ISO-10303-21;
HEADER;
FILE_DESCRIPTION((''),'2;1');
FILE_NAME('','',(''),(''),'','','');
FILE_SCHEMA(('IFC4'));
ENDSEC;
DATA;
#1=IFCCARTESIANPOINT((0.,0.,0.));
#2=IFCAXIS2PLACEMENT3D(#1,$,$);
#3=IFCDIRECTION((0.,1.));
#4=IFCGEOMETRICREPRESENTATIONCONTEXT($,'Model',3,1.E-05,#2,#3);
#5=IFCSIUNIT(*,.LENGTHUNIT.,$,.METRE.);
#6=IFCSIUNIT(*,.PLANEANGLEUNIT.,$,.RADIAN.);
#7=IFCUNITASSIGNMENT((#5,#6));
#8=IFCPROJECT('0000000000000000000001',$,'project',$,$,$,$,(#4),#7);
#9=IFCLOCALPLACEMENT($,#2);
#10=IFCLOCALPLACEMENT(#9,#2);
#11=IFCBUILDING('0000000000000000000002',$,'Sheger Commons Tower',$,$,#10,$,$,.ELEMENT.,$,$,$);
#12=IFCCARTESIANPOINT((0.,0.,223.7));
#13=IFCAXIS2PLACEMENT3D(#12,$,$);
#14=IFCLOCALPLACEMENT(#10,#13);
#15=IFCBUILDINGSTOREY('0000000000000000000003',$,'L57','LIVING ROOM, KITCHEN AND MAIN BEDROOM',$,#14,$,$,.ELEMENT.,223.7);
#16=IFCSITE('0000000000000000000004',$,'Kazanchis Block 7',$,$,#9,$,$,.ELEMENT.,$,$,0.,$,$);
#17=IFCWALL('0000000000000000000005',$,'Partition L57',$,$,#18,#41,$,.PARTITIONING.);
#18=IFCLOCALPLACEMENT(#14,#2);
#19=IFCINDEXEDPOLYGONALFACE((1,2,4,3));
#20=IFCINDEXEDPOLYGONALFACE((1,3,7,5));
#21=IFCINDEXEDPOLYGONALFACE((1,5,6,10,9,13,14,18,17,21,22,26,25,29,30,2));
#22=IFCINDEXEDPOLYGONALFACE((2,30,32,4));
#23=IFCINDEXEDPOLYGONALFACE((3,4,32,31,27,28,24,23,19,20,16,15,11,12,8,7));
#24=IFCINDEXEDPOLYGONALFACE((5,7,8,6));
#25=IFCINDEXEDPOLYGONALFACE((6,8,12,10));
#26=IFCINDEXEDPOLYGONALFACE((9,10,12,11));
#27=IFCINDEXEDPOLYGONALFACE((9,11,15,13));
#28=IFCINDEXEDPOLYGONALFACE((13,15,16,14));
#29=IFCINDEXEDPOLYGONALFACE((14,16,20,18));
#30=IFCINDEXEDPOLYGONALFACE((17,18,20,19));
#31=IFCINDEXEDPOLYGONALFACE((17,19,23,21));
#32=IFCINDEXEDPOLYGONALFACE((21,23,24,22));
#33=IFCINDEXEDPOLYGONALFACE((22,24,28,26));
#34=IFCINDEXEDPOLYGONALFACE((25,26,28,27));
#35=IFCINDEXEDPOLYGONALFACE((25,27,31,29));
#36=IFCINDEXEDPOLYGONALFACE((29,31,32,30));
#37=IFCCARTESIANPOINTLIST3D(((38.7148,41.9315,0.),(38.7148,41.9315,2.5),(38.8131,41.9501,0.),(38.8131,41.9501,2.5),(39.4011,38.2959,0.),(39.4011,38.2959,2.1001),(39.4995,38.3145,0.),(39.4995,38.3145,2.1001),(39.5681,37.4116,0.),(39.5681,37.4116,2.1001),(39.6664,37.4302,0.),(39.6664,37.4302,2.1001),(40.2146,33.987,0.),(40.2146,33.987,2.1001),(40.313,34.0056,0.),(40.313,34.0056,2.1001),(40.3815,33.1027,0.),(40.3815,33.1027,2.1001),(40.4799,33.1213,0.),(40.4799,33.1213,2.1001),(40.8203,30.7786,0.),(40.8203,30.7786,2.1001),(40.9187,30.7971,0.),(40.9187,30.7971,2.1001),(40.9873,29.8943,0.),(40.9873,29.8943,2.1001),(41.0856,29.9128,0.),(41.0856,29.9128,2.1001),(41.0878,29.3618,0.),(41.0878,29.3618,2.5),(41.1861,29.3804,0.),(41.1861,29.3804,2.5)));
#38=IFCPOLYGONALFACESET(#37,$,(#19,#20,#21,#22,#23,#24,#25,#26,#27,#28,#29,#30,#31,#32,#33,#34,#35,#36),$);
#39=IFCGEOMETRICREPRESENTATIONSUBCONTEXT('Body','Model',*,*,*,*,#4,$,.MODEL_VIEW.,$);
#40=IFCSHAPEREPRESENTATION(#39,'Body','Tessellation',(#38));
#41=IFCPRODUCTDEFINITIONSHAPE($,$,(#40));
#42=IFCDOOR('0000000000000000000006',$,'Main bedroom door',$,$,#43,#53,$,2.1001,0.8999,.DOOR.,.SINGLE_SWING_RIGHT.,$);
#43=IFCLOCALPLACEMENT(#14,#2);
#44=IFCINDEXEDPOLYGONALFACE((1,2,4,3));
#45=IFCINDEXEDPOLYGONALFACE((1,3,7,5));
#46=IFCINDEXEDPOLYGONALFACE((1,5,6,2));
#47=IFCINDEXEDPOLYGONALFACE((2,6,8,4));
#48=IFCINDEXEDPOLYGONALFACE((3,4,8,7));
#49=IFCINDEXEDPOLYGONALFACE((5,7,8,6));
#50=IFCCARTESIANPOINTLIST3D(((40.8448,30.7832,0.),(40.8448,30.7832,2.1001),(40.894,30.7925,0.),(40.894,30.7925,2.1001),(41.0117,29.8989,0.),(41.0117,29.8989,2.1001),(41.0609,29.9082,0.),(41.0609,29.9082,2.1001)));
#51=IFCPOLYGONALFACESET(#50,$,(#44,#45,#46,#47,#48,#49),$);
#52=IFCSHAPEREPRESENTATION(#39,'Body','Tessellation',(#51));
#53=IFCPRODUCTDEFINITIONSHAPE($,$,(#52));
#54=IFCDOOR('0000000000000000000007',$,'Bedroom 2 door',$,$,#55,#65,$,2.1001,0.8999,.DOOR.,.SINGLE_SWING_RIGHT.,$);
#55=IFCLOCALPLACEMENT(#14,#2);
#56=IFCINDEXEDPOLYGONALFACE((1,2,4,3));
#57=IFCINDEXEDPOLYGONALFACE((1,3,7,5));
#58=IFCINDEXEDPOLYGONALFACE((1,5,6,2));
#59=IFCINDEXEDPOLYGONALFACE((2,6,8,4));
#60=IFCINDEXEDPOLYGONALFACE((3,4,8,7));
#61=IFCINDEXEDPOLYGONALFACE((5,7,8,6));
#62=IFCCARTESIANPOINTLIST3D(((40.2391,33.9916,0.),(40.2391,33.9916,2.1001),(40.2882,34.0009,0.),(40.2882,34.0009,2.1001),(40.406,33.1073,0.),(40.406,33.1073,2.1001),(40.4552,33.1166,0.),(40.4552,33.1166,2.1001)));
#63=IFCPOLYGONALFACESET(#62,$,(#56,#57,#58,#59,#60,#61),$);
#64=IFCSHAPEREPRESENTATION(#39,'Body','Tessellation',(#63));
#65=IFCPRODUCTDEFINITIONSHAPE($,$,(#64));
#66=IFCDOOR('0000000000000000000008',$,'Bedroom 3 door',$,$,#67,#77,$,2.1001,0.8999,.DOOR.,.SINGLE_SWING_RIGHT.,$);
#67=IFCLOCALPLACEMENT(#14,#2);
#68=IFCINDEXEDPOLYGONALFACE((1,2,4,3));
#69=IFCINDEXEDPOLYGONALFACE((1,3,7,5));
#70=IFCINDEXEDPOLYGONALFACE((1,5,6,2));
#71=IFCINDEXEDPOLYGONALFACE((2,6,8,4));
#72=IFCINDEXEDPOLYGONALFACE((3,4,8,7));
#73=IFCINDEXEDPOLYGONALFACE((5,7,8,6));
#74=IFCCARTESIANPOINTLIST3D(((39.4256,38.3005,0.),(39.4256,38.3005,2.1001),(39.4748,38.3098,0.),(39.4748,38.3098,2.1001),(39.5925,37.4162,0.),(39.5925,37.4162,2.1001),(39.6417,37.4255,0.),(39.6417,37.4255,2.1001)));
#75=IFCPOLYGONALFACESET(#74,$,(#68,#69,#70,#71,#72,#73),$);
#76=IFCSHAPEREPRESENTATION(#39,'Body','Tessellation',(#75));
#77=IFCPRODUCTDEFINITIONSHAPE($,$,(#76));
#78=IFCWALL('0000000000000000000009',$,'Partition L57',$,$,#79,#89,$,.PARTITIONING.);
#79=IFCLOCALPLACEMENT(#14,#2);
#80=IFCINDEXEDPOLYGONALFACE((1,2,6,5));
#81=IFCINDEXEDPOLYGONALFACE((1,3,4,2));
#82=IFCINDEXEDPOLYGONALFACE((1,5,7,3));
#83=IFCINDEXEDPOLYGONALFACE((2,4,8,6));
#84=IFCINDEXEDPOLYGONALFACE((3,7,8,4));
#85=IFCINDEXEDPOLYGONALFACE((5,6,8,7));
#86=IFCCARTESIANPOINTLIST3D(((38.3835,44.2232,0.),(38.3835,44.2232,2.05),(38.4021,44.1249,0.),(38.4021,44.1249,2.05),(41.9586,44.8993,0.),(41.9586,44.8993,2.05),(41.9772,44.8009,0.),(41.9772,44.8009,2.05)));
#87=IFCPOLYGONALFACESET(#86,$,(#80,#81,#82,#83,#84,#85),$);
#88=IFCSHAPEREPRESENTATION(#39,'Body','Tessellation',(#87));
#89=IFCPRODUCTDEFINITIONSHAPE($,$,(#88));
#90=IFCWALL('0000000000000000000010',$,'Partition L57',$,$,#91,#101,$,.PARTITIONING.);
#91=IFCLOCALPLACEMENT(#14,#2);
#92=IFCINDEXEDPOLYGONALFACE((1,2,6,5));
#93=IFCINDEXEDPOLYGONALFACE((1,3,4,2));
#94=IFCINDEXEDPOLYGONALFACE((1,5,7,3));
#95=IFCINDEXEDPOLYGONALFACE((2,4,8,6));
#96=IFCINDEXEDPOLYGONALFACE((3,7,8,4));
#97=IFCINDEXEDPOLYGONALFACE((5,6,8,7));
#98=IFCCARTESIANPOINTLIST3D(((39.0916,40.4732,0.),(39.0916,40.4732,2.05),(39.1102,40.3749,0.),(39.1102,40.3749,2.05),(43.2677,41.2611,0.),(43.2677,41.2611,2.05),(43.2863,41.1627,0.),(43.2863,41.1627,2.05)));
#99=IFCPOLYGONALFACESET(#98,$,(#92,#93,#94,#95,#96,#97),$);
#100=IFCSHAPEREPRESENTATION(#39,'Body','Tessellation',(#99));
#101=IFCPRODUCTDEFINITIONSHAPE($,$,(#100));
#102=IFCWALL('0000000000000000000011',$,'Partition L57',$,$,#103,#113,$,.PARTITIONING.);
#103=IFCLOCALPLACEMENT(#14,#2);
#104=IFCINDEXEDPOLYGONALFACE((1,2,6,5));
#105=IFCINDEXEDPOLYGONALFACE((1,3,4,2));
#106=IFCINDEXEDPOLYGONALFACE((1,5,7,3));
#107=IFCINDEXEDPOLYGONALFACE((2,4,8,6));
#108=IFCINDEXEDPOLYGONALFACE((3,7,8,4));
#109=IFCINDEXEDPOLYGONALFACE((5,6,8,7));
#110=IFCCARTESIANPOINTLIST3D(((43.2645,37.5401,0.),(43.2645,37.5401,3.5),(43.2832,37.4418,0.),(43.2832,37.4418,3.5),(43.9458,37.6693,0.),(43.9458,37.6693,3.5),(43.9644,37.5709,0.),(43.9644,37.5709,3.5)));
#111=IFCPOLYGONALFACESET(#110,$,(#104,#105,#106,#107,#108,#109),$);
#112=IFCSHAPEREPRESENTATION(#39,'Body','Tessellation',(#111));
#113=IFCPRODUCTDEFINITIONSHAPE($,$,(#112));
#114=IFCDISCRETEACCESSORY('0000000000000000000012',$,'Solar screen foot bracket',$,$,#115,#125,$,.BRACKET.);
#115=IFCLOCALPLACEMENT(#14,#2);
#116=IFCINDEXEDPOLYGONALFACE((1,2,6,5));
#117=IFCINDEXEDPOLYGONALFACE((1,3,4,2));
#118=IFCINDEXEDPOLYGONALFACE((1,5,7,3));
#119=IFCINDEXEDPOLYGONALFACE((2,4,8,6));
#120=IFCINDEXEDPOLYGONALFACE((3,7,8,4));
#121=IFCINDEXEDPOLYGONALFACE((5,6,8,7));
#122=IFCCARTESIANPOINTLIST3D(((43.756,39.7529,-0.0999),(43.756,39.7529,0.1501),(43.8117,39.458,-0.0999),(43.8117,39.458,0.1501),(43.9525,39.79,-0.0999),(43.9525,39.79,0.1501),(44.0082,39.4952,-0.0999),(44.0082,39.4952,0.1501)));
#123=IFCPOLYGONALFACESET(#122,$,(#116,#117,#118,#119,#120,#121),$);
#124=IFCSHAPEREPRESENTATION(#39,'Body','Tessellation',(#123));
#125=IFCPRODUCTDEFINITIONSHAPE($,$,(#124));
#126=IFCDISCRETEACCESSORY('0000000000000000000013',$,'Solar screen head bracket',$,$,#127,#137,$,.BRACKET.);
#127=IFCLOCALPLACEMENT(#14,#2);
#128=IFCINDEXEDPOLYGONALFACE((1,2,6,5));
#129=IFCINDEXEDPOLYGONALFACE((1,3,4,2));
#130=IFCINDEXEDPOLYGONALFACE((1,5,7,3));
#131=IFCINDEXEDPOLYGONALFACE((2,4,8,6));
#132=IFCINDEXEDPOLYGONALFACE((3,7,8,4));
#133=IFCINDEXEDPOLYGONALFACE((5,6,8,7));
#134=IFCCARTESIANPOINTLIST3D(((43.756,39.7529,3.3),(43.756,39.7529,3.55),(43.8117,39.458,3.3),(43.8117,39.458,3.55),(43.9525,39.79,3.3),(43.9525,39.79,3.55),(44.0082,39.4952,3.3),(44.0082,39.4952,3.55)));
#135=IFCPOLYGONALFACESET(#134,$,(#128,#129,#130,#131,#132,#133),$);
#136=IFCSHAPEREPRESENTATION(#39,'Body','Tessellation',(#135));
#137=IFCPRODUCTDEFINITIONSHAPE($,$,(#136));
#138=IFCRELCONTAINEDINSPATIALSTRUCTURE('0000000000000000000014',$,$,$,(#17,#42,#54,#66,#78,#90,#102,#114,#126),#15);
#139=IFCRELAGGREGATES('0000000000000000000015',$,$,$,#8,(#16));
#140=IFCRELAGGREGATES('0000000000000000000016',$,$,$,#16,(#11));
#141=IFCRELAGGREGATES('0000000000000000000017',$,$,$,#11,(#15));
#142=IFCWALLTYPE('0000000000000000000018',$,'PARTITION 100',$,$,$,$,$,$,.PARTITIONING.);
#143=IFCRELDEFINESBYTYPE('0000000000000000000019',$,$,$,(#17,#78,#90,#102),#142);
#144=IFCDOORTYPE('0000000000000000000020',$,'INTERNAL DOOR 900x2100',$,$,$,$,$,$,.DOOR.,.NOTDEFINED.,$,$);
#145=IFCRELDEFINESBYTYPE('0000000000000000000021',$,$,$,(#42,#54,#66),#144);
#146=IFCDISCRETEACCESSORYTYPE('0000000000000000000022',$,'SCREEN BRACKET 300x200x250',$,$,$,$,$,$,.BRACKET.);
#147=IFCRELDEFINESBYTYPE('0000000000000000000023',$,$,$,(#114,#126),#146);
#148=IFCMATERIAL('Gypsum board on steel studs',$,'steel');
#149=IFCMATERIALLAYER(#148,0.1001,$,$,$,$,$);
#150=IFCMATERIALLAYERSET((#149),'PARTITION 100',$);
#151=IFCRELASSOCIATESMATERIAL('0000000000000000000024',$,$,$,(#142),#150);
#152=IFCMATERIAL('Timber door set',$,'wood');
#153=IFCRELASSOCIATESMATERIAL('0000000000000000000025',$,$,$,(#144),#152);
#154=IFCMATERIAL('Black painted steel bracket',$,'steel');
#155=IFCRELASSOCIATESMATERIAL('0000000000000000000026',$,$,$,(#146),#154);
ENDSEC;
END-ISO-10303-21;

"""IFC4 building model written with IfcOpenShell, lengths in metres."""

from ifc_helpers import new_model, si_unit, direction, frame, frame_2d, origin, origin_2d, place, context, subcontext, project, spatial, rectangle, extrude, material, layer, layer_set, type_object, element, fill, save


model = new_model("IFC4")

# Units and contexts
model_context = context("Model", 3, precision=1e-05, world=origin(), true_north=direction((0.0, 1.0)))
body_context = subcontext(model_context, "Body", "Model", "MODEL_VIEW")
ifc_project = project(units=[si_unit("LENGTHUNIT", "METRE"), si_unit("PLANEANGLEUNIT", "RADIAN")], contexts=[model_context])

# Site, building, storey
site_placement = place(None, origin())
site = spatial("IfcSite", under=ifc_project, at=site_placement, Name="Kazanchis Block 7", CompositionType="ELEMENT", RefElevation=0.0)
building_placement = place(site_placement, origin())
building = spatial("IfcBuilding", under=site, at=building_placement, Name="Sheger Commons Tower", CompositionType="ELEMENT")
storey_placement = place(building_placement, frame((0.0, 0.0, 223.7)))
storey = spatial("IfcBuildingStorey", under=building, at=storey_placement, Name="L57", Description="LIVING ROOM, KITCHEN AND MAIN BEDROOM", CompositionType="ELEMENT", Elevation=223.7)

# Shared definitions
ifc_material_1 = material(Name="Gypsum board on steel studs", Category="steel")
ifc_layer_1 = layer(ifc_material_1, 0.1001)
ifc_layer_set_1 = layer_set([ifc_layer_1], Name="PARTITION 100")
wall_type_1 = type_object("IfcWallType", Name="PARTITION 100", PredefinedType="PARTITIONING", material=ifc_layer_set_1)

# Wall, openings, doors
wall_1_placement = place(storey_placement, frame((38.7639, 41.9409, 0.0), z_axis=(0.0, 0.0, 1.0), x_axis=(0.185512, -0.982642, 0.0)))
wall_1 = element("IfcWall", 1, at=wall_1_placement, inside=storey, type_object=wall_type_1, Name="Partition L57", PredefinedType="PARTITIONING", context=body_context, shape_type="SweptSolid", body=[
    extrude(rectangle(XDim=12.7917, YDim=0.1001, at=frame_2d((6.396, 0.0))), origin(), (0.0, 0.0, 1.0), 2.5),
])
opening_1_placement = place(wall_1_placement, frame((11.3501, 0.0, 0.0)))
opening_1 = element("IfcOpeningElement", 2, at=opening_1_placement, cuts=wall_1, PredefinedType="OPENING", context=body_context, shape_type="SweptSolid", body=[
    extrude(rectangle(XDim=0.8999, YDim=2.1001, at=frame_2d((0.45, 1.05))), frame((0.0, 0.0601, 0.0), z_axis=(0.0, -1.0, 0.0), x_axis=(1.0, 0.0, 0.0)), (0.0, 0.0, 1.0), 0.1201),
])
opening_2_placement = place(wall_1_placement, frame((8.085, 0.0, 0.0)))
opening_2 = element("IfcOpeningElement", 3, at=opening_2_placement, cuts=wall_1, PredefinedType="OPENING", context=body_context, shape_type="SweptSolid", body=[
    extrude(rectangle(XDim=0.8999, YDim=2.1001, at=frame_2d((0.45, 1.05))), frame((0.0, 0.0601, 0.0), z_axis=(0.0, -1.0, 0.0), x_axis=(1.0, 0.0, 0.0)), (0.0, 0.0, 1.0), 0.1201),
])
opening_3_placement = place(wall_1_placement, frame((3.7, 0.0, 0.0)))
opening_3 = element("IfcOpeningElement", 4, at=opening_3_placement, cuts=wall_1, PredefinedType="OPENING", context=body_context, shape_type="SweptSolid", body=[
    extrude(rectangle(XDim=0.8999, YDim=2.1001, at=frame_2d((0.45, 1.05))), frame((0.0, 0.0601, 0.0), z_axis=(0.0, -1.0, 0.0), x_axis=(1.0, 0.0, 0.0)), (0.0, 0.0, 1.0), 0.1201),
])
ifc_material_2 = material(Name="Timber door set", Category="wood")
door_type = type_object("IfcDoorType", Name="INTERNAL DOOR 900x2100", OperationType="NOTDEFINED", PredefinedType="DOOR", material=ifc_material_2)
door_1_placement = place(opening_1_placement, origin())
door_1 = element("IfcDoor", 5, at=door_1_placement, inside=storey, type_object=door_type, Name="Main bedroom door", OperationType="SINGLE_SWING_RIGHT", OverallHeight=2.1001, OverallWidth=0.8999, PredefinedType="DOOR", context=body_context, shape_type="SweptSolid", body=[
    extrude(rectangle(XDim=0.8999, YDim=2.1001, at=frame_2d((0.45, 1.05))), frame((0.0, 0.0249, 0.0), z_axis=(0.0, -1.0, 0.0), x_axis=(1.0, 0.0, 0.0)), (0.0, 0.0, 1.0), 0.05),
])
fill(opening_1, door_1)
door_2_placement = place(opening_2_placement, origin())
door_2 = element("IfcDoor", 6, at=door_2_placement, inside=storey, type_object=door_type, Name="Bedroom 2 door", OperationType="SINGLE_SWING_RIGHT", OverallHeight=2.1001, OverallWidth=0.8999, PredefinedType="DOOR", context=body_context, shape_type="SweptSolid", body=[
    extrude(rectangle(XDim=0.8999, YDim=2.1001, at=frame_2d((0.45, 1.05))), frame((0.0, 0.0249, 0.0), z_axis=(0.0, -1.0, 0.0), x_axis=(1.0, 0.0, 0.0)), (0.0, 0.0, 1.0), 0.05),
])
fill(opening_2, door_2)
door_3_placement = place(opening_3_placement, origin())
door_3 = element("IfcDoor", 7, at=door_3_placement, inside=storey, type_object=door_type, Name="Bedroom 3 door", OperationType="SINGLE_SWING_RIGHT", OverallHeight=2.1001, OverallWidth=0.8999, PredefinedType="DOOR", context=body_context, shape_type="SweptSolid", body=[
    extrude(rectangle(XDim=0.8999, YDim=2.1001, at=frame_2d((0.45, 1.05))), frame((0.0, 0.0249, 0.0), z_axis=(0.0, -1.0, 0.0), x_axis=(1.0, 0.0, 0.0)), (0.0, 0.0, 1.0), 0.05),
])
fill(opening_3, door_3)

# Walls
wall_2_placement = place(storey_placement, frame((41.968, 44.8501, 0.0), z_axis=(0.0, 0.0, 1.0), x_axis=(-0.982586, -0.185808, 0.0)))
element("IfcWall", 8, at=wall_2_placement, inside=storey, type_object=wall_type_1, Name="Partition L57", PredefinedType="PARTITIONING", context=body_context, shape_type="SweptSolid", body=[
    extrude(rectangle(XDim=3.6384, YDim=0.1001, at=frame_2d((1.8193, 0.0))), origin(), (0.0, 0.0, 1.0), 2.05),
])
wall_3_placement = place(storey_placement, frame((43.2771, 41.2119, 0.0), z_axis=(0.0, 0.0, 1.0), x_axis=(-0.982665, -0.185388, 0.0)))
element("IfcWall", 9, at=wall_3_placement, inside=storey, type_object=wall_type_1, Name="Partition L57", PredefinedType="PARTITIONING", context=body_context, shape_type="SweptSolid", body=[
    extrude(rectangle(XDim=4.2498, YDim=0.1001, at=frame_2d((2.125, 0.0))), origin(), (0.0, 0.0, 1.0), 2.05),
])
wall_4_placement = place(storey_placement, frame((43.9551, 37.6201, 0.0), z_axis=(0.0, 0.0, 1.0), x_axis=(-0.982495, -0.186287, 0.0)))
element("IfcWall", 10, at=wall_4_placement, inside=storey, type_object=wall_type_1, Name="Partition L57", PredefinedType="PARTITIONING", context=body_context, shape_type="SweptSolid", body=[
    extrude(rectangle(XDim=0.6934, YDim=0.1001, at=frame_2d((0.3467, 0.0))), origin(), (0.0, 0.0, 1.0), 3.5),
])

# Discrete accessories
ifc_material_3 = material(Name="Black painted steel bracket", Category="steel")
discrete_accessory_type = type_object("IfcDiscreteAccessoryType", Name="SCREEN BRACKET 300x200x250", PredefinedType="BRACKET", material=ifc_material_3)
for number, where, z_axis, x_axis, name in (
    (11, (43.8821, 39.624, -0.0999), (0.0, 0.0, 1.0), (-0.185615, 0.982623, 0.0), "Solar screen foot bracket"),
    (12, (43.8821, 39.624, 3.3), (0.0, 0.0, 1.0), (-0.185615, 0.982623, 0.0), "Solar screen head bracket"),
):
    element("IfcDiscreteAccessory", number, at=place(storey_placement, frame(where, z_axis=z_axis, x_axis=x_axis)), inside=storey, type_object=discrete_accessory_type, Name=name, PredefinedType="BRACKET", context=body_context, shape_type="SweptSolid", body=[
        extrude(rectangle(XDim=0.3, YDim=0.2, at=origin_2d()), origin(), (0.0, 0.0, 1.0), 0.25),
    ])

save(model, "model.ifc")
